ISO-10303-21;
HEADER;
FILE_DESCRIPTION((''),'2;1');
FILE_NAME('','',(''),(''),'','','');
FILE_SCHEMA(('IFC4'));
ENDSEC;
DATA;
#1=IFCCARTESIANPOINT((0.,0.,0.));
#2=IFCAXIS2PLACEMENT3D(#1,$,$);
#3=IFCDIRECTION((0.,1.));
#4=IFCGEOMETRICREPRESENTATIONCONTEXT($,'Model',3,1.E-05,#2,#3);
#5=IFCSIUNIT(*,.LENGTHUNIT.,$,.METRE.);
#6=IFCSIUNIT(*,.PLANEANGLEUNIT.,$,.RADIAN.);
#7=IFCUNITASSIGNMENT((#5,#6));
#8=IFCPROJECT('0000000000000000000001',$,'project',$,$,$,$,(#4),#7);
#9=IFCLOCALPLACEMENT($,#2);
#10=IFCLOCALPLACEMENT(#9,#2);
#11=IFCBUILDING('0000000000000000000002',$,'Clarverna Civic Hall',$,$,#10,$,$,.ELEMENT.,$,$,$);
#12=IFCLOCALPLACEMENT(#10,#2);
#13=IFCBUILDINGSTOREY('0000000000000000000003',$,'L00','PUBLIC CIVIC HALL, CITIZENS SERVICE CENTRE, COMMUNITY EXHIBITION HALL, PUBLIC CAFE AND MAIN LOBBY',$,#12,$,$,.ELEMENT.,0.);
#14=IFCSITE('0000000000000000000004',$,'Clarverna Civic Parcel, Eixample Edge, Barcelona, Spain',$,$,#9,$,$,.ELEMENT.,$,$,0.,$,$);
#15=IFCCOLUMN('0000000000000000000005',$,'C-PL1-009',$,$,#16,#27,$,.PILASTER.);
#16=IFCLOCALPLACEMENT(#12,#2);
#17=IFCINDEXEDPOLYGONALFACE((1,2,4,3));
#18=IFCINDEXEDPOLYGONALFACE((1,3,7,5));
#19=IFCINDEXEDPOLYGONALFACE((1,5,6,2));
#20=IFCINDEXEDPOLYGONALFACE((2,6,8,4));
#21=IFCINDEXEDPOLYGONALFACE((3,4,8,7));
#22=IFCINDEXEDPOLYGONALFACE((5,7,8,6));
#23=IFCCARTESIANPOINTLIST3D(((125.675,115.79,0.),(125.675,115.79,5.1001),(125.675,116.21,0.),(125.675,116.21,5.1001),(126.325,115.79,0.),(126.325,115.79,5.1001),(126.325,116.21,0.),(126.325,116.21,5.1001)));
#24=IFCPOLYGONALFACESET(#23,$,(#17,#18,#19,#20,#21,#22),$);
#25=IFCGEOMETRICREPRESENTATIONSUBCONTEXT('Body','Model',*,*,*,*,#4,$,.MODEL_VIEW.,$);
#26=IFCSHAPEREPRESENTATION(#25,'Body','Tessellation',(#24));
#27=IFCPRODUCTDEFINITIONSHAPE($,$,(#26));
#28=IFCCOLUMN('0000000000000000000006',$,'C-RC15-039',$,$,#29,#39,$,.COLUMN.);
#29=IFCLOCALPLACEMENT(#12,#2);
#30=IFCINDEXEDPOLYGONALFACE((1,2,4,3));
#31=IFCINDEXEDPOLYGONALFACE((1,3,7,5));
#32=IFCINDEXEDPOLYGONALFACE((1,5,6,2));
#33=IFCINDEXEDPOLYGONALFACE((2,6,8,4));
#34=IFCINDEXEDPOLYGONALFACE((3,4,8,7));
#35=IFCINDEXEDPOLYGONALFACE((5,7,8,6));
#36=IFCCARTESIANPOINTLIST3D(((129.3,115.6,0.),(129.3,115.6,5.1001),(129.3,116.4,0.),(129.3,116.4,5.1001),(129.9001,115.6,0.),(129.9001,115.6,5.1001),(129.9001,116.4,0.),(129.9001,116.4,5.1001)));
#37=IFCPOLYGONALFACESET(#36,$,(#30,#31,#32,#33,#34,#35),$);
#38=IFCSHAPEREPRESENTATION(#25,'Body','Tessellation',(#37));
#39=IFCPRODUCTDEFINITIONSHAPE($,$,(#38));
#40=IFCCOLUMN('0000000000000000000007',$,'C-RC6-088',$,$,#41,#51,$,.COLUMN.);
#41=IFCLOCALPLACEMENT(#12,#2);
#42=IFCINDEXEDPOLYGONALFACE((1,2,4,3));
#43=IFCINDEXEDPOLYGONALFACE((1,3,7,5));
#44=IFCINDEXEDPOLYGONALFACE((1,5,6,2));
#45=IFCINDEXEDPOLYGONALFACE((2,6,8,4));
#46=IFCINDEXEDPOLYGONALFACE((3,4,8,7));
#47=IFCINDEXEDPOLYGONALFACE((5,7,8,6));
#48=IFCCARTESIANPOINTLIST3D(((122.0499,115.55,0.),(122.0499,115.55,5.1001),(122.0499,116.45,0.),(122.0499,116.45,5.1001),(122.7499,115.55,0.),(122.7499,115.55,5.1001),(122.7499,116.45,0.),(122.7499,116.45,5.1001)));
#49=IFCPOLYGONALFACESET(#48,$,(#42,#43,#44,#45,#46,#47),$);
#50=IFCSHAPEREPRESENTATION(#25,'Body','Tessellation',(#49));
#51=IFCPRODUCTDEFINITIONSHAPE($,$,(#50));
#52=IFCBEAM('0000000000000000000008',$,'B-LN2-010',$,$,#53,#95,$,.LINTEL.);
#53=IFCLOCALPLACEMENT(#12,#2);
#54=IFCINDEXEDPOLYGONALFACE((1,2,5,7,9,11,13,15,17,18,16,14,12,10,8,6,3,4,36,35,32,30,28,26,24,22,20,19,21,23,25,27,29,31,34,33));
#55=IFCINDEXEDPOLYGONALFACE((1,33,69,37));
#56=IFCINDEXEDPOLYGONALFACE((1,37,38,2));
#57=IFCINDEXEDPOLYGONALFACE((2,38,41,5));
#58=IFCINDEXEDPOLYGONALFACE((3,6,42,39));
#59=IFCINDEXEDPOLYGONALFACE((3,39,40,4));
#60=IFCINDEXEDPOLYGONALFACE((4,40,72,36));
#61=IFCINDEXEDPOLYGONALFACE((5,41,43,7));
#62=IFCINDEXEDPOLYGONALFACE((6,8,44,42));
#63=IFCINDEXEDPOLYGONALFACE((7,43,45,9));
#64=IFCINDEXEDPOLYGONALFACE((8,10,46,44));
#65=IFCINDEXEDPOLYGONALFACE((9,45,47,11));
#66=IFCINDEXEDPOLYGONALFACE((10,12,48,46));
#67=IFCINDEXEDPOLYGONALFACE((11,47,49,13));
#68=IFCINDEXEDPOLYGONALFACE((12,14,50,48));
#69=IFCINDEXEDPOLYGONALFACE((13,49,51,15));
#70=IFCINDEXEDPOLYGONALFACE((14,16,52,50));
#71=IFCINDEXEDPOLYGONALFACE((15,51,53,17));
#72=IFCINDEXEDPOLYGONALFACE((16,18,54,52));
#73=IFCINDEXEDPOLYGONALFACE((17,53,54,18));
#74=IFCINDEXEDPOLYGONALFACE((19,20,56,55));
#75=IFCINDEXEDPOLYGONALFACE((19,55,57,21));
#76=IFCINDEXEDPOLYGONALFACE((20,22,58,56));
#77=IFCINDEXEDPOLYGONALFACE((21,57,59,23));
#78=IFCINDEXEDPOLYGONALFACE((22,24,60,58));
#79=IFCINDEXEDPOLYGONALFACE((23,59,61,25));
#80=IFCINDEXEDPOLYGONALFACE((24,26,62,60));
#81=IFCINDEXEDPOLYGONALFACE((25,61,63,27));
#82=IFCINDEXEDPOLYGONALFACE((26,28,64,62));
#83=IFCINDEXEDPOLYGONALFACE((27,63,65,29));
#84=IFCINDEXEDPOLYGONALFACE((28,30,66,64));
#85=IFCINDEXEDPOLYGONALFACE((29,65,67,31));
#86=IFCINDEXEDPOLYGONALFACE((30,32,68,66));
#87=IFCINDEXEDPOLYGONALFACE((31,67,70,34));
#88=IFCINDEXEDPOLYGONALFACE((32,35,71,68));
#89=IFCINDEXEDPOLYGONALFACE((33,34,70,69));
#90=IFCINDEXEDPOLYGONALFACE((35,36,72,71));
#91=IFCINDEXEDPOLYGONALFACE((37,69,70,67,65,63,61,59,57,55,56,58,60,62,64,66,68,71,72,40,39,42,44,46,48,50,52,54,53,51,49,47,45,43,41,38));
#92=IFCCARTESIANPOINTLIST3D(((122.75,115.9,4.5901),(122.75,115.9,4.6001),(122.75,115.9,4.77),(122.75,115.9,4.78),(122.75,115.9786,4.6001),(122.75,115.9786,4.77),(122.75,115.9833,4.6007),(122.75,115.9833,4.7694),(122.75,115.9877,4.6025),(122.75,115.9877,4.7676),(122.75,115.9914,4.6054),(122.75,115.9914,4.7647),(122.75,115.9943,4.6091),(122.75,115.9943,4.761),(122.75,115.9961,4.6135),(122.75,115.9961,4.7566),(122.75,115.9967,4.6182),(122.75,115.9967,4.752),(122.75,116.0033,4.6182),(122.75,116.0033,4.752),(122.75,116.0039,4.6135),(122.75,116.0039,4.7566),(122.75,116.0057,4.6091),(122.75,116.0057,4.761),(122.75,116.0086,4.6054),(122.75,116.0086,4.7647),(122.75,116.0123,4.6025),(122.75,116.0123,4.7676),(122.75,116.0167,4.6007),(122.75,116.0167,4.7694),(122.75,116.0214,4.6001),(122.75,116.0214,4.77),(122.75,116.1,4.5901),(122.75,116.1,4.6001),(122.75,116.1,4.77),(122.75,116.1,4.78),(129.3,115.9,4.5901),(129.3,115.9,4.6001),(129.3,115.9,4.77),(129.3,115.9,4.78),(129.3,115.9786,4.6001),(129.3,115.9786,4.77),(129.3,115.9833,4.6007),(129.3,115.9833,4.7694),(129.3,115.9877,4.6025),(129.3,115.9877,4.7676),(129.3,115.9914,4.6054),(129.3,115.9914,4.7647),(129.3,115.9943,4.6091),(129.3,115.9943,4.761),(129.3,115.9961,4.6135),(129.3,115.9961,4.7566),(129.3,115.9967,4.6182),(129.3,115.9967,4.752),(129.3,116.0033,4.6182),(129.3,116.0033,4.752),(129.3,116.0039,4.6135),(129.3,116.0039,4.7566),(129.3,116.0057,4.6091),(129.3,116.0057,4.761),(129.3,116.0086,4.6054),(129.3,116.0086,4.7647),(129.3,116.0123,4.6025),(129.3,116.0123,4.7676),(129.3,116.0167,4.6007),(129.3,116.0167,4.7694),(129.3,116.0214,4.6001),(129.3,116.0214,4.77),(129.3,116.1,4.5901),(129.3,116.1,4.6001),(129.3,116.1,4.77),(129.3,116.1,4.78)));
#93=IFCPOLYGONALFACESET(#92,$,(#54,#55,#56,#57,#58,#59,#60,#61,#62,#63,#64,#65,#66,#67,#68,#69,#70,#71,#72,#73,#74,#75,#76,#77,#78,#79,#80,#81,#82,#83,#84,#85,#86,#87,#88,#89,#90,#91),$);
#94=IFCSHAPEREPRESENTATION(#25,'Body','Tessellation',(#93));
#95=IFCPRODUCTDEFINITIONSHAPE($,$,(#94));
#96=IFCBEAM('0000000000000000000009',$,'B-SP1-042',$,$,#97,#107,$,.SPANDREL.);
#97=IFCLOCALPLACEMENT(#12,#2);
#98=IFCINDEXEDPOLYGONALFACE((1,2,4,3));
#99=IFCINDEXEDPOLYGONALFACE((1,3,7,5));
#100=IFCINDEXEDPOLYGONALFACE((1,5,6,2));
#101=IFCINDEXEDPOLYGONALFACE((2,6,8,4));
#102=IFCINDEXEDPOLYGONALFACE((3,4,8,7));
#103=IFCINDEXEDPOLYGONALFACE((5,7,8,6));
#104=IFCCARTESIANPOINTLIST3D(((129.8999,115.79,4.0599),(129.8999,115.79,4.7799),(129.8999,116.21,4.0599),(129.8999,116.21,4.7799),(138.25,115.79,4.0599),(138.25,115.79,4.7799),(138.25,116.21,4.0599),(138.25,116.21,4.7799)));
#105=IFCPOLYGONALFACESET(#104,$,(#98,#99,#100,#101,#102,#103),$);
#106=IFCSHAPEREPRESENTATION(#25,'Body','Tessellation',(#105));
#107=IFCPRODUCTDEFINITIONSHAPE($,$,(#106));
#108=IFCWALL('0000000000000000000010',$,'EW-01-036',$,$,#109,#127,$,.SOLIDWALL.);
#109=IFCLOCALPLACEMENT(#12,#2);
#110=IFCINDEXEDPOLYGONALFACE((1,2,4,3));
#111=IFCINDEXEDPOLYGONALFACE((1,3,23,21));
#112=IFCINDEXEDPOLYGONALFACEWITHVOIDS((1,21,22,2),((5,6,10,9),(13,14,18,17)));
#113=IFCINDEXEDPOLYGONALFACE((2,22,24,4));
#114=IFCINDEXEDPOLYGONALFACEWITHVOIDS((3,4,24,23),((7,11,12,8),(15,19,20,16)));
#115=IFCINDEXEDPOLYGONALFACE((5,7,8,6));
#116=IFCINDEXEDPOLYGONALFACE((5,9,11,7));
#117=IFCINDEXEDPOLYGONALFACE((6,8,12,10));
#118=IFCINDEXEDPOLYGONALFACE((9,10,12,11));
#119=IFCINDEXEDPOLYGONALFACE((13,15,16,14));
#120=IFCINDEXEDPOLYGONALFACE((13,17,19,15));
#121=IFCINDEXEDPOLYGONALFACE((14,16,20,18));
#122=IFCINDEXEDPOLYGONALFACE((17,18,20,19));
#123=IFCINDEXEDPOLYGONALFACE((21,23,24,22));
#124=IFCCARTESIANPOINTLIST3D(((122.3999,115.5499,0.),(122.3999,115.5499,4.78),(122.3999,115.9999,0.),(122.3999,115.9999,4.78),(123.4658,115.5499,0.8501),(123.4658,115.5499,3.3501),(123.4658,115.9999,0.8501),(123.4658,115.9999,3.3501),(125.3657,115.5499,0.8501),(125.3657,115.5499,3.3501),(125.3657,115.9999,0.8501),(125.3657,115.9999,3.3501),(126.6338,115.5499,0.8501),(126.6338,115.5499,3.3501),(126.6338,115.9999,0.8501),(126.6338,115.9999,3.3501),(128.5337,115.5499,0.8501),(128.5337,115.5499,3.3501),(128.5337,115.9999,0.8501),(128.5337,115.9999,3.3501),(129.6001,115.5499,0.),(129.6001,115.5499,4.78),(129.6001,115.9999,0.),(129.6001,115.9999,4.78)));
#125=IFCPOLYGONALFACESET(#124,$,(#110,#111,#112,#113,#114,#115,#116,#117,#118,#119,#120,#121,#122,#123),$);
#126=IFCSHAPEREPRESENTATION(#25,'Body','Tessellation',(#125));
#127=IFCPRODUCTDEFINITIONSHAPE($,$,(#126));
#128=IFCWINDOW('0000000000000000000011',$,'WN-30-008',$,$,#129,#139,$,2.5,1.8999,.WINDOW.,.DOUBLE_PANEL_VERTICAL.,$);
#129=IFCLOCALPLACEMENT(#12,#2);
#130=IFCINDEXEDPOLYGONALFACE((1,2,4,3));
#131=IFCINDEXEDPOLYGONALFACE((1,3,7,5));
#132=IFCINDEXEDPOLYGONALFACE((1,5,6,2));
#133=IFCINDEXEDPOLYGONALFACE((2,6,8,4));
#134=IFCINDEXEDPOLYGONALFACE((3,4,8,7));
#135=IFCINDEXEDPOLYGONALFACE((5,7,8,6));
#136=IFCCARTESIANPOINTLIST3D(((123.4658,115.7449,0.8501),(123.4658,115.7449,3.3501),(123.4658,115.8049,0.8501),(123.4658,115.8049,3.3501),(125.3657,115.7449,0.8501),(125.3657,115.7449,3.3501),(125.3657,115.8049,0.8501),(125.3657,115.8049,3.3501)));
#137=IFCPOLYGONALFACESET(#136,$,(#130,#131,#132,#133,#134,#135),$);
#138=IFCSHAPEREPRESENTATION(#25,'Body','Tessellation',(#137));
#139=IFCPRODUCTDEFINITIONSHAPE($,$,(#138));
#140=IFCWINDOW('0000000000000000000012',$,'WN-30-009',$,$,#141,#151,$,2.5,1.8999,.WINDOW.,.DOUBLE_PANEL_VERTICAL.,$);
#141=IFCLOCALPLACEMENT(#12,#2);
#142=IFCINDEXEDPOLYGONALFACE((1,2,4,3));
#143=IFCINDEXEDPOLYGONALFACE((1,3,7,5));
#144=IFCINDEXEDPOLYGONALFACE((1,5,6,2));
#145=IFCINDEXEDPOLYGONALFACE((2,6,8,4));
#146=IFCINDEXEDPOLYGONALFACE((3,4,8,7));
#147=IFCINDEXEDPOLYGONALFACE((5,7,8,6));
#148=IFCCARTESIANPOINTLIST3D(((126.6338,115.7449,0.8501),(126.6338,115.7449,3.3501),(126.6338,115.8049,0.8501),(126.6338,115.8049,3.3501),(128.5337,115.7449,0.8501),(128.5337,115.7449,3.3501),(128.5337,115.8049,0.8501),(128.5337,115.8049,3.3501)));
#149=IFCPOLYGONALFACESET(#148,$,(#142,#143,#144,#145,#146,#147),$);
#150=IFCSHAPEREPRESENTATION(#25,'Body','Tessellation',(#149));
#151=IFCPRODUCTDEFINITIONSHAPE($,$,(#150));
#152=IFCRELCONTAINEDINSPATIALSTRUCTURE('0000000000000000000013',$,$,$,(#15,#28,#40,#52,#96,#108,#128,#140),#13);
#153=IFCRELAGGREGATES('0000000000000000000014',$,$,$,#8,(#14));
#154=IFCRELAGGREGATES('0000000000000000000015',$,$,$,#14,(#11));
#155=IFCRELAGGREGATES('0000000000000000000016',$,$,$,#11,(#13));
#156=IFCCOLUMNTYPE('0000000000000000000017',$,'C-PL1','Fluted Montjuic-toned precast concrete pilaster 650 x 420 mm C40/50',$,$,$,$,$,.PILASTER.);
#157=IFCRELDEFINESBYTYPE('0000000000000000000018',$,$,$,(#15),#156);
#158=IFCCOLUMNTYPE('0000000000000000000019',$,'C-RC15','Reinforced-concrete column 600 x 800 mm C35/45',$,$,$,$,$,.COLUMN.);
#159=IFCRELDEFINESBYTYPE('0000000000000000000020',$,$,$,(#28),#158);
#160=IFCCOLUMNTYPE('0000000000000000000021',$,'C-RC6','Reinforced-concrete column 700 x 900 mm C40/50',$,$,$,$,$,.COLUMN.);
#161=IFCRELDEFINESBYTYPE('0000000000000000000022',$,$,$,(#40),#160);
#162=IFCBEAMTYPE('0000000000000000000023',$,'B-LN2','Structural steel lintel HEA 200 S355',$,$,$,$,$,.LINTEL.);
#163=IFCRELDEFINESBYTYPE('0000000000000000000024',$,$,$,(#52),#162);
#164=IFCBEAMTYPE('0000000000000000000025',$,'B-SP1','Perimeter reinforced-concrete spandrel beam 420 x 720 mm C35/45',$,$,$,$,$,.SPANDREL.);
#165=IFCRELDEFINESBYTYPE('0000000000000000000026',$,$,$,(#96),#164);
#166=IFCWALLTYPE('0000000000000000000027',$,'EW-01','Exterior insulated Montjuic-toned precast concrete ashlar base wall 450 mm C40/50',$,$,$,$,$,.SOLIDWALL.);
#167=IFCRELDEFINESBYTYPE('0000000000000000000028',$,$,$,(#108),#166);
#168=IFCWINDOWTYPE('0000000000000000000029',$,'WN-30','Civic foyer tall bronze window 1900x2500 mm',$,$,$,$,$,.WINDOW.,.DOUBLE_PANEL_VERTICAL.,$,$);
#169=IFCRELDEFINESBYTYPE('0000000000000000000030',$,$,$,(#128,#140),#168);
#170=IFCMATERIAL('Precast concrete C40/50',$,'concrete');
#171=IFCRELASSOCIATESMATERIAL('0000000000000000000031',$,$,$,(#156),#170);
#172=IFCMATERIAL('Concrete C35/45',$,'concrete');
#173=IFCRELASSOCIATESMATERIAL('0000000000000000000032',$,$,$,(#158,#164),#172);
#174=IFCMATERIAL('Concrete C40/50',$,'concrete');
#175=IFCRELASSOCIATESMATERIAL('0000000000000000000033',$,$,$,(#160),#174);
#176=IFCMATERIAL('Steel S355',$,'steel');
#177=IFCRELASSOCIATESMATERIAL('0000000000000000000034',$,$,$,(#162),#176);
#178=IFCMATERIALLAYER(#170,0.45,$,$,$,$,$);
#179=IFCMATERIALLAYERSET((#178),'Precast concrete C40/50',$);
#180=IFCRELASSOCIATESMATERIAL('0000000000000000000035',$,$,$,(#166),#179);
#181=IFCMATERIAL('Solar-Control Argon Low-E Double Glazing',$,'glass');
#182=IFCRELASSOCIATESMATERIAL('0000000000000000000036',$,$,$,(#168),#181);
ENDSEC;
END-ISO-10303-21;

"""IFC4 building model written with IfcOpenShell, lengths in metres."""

from ifc_helpers import new_model, si_unit, direction, frame, frame_2d, origin, origin_2d, place, context, subcontext, project, spatial, rectangle, i_section, extrude, material, layer, layer_set, material_profile, profile_set, type_object, element, fill, save


model = new_model("IFC4")

# Units and contexts
model_context = context("Model", 3, precision=1e-05, world=origin(), true_north=direction((0.0, 1.0)))
body_context = subcontext(model_context, "Body", "Model", "MODEL_VIEW")
ifc_project = project(units=[si_unit("LENGTHUNIT", "METRE"), si_unit("PLANEANGLEUNIT", "RADIAN")], contexts=[model_context])

# Site, building, storey
site_placement = place(None, origin())
site = spatial("IfcSite", under=ifc_project, at=site_placement, Name="Clarverna Civic Parcel, Eixample Edge, Barcelona, Spain", CompositionType="ELEMENT", RefElevation=0.0)
building_placement = place(site_placement, origin())
building = spatial("IfcBuilding", under=site, at=building_placement, Name="Clarverna Civic Hall", CompositionType="ELEMENT")
storey_placement = place(building_placement, origin())
storey = spatial("IfcBuildingStorey", under=building, at=storey_placement, Name="L00", Description="PUBLIC CIVIC HALL, CITIZENS SERVICE CENTRE, COMMUNITY EXHIBITION HALL, PUBLIC CAFE AND MAIN LOBBY", CompositionType="ELEMENT", Elevation=0.0)

# Columns
ifc_material_1 = material(Name="Precast concrete C40/50", Category="concrete")
ifc_material_profile_1 = material_profile(ifc_material_1, rectangle(XDim=0.6499, YDim=0.4199, at=origin_2d()), Name="PILASTER 650x420")
ifc_profile_set_1 = profile_set([ifc_material_profile_1], Name="Precast concrete C40/50")
column_type_1 = type_object("IfcColumnType", Name="C-PL1", Description="Fluted Montjuic-toned precast concrete pilaster 650 x 420 mm C40/50", PredefinedType="PILASTER", material=ifc_profile_set_1)
column_1_placement = place(storey_placement, frame((126.0, 116.0, 0.0), z_axis=(0.0, 0.0, 1.0), x_axis=(1.0, 0.0, 0.0)))
element("IfcColumn", 1, at=column_1_placement, inside=storey, type_object=column_type_1, Name="C-PL1-009", PredefinedType="PILASTER", context=body_context, shape_type="SweptSolid", body=[
    extrude(rectangle(XDim=0.6499, YDim=0.4199, at=origin_2d()), origin(), (0.0, 0.0, 1.0), 5.1001),
])
ifc_material_2 = material(Name="Concrete C35/45", Category="concrete")
ifc_material_profile_2 = material_profile(ifc_material_2, rectangle(XDim=0.6001, YDim=0.8, at=origin_2d()), Name="RC 600x800")
ifc_profile_set_2 = profile_set([ifc_material_profile_2], Name="Concrete C35/45")
column_type_2 = type_object("IfcColumnType", Name="C-RC15", Description="Reinforced-concrete column 600 x 800 mm C35/45", PredefinedType="COLUMN", material=ifc_profile_set_2)
column_2_placement = place(storey_placement, frame((129.6001, 116.0, 0.0), z_axis=(0.0, 0.0, 1.0), x_axis=(1.0, 0.0, 0.0)))
element("IfcColumn", 2, at=column_2_placement, inside=storey, type_object=column_type_2, Name="C-RC15-039", PredefinedType="COLUMN", context=body_context, shape_type="SweptSolid", body=[
    extrude(rectangle(XDim=0.6001, YDim=0.8, at=origin_2d()), origin(), (0.0, 0.0, 1.0), 5.1001),
])
ifc_material_3 = material(Name="Concrete C40/50", Category="concrete")
ifc_material_profile_3 = material_profile(ifc_material_3, rectangle(XDim=0.7, YDim=0.8999, at=origin_2d()), Name="RC 700x900")
ifc_profile_set_3 = profile_set([ifc_material_profile_3], Name="Concrete C40/50")
column_type_3 = type_object("IfcColumnType", Name="C-RC6", Description="Reinforced-concrete column 700 x 900 mm C40/50", PredefinedType="COLUMN", material=ifc_profile_set_3)
column_3_placement = place(storey_placement, frame((122.3999, 116.0, 0.0), z_axis=(0.0, 0.0, 1.0), x_axis=(1.0, 0.0, 0.0)))
element("IfcColumn", 3, at=column_3_placement, inside=storey, type_object=column_type_3, Name="C-RC6-088", PredefinedType="COLUMN", context=body_context, shape_type="SweptSolid", body=[
    extrude(rectangle(XDim=0.7, YDim=0.8999, at=origin_2d()), origin(), (0.0, 0.0, 1.0), 5.1001),
])

# Beams
ifc_material_4 = material(Name="Steel S355", Category="steel")
ifc_material_profile_4 = material_profile(ifc_material_4, i_section(OverallWidth=0.2, OverallDepth=0.1899, WebThickness=0.0066, FlangeThickness=0.01, FilletRadius=0.0181, at=origin_2d()), Name="HEA 200")
ifc_profile_set_4 = profile_set([ifc_material_profile_4], Name="Steel S355")
beam_type_1 = type_object("IfcBeamType", Name="B-LN2", Description="Structural steel lintel HEA 200 S355", PredefinedType="LINTEL", material=ifc_profile_set_4)
beam_1_placement = place(storey_placement, frame((122.75, 116.0, 4.6851), z_axis=(1.0, 0.0, 0.0), x_axis=(0.0, 1.0, 0.0)))
element("IfcBeam", 4, at=beam_1_placement, inside=storey, type_object=beam_type_1, Name="B-LN2-010", PredefinedType="LINTEL", context=body_context, shape_type="SweptSolid", body=[
    extrude(i_section(OverallWidth=0.2, OverallDepth=0.1899, WebThickness=0.0066, FlangeThickness=0.01, FilletRadius=0.0181, at=origin_2d()), origin(), (0.0, 0.0, 1.0), 6.55),
])
ifc_material_profile_5 = material_profile(ifc_material_2, rectangle(XDim=0.4199, YDim=0.72, at=origin_2d()), Name="RC 420x720")
ifc_profile_set_5 = profile_set([ifc_material_profile_5], Name="Concrete C35/45")
beam_type_2 = type_object("IfcBeamType", Name="B-SP1", Description="Perimeter reinforced-concrete spandrel beam 420 x 720 mm C35/45", PredefinedType="SPANDREL", material=ifc_profile_set_5)
beam_2_placement = place(storey_placement, frame((129.8999, 116.0, 4.4199), z_axis=(1.0, 0.0, 0.0), x_axis=(0.0, 1.0, 0.0)))
element("IfcBeam", 5, at=beam_2_placement, inside=storey, type_object=beam_type_2, Name="B-SP1-042", PredefinedType="SPANDREL", context=body_context, shape_type="SweptSolid", body=[
    extrude(rectangle(XDim=0.4199, YDim=0.72, at=origin_2d()), origin(), (0.0, 0.0, 1.0), 8.3501),
])

# Wall, openings, windows
ifc_layer_1 = layer(ifc_material_1, 0.45)
ifc_layer_set_1 = layer_set([ifc_layer_1], Name="Precast concrete C40/50")
wall_type = type_object("IfcWallType", Name="EW-01", Description="Exterior insulated Montjuic-toned precast concrete ashlar base wall 450 mm C40/50", PredefinedType="SOLIDWALL", material=ifc_layer_set_1)
wall_1_placement = place(storey_placement, frame((122.3999, 115.7749, 0.0), z_axis=(0.0, 0.0, 1.0), x_axis=(1.0, 0.0, 0.0)))
wall_1 = element("IfcWall", 6, at=wall_1_placement, inside=storey, type_object=wall_type, Name="EW-01-036", PredefinedType="SOLIDWALL", context=body_context, shape_type="SweptSolid", body=[
    extrude(rectangle(XDim=7.2002, YDim=0.45, at=frame_2d((3.6001, 0.0))), origin(), (0.0, 0.0, 1.0), 4.78),
])
opening_1_placement = place(wall_1_placement, frame((1.0659, 0.0, 0.8501)))
opening_1 = element("IfcOpeningElement", 7, at=opening_1_placement, cuts=wall_1, PredefinedType="OPENING", context=body_context, shape_type="SweptSolid", body=[
    extrude(rectangle(XDim=1.8999, YDim=2.5, at=frame_2d((0.95, 1.25))), frame((0.0, 0.2349, 0.0), z_axis=(0.0, -1.0, 0.0), x_axis=(1.0, 0.0, 0.0)), (0.0, 0.0, 1.0), 0.47),
])
opening_2_placement = place(wall_1_placement, frame((4.2339, 0.0, 0.8501)))
opening_2 = element("IfcOpeningElement", 8, at=opening_2_placement, cuts=wall_1, PredefinedType="OPENING", context=body_context, shape_type="SweptSolid", body=[
    extrude(rectangle(XDim=1.8999, YDim=2.5, at=frame_2d((0.95, 1.25))), frame((0.0, 0.2349, 0.0), z_axis=(0.0, -1.0, 0.0), x_axis=(1.0, 0.0, 0.0)), (0.0, 0.0, 1.0), 0.47),
])
ifc_material_5 = material(Name="Solar-Control Argon Low-E Double Glazing", Category="glass")
window_type_1 = type_object("IfcWindowType", Name="WN-30", Description="Civic foyer tall bronze window 1900x2500 mm", PartitioningType="DOUBLE_PANEL_VERTICAL", PredefinedType="WINDOW", material=ifc_material_5)
window_1_placement = place(opening_1_placement, origin())
window_1 = element("IfcWindow", 9, at=window_1_placement, inside=storey, type_object=window_type_1, Name="WN-30-008", OverallHeight=2.5, OverallWidth=1.8999, PartitioningType="DOUBLE_PANEL_VERTICAL", PredefinedType="WINDOW", context=body_context, shape_type="SweptSolid", body=[
    extrude(rectangle(XDim=1.8999, YDim=2.5, at=frame_2d((0.95, 1.25))), frame((0.0, 0.03, 0.0), z_axis=(0.0, -1.0, 0.0), x_axis=(1.0, 0.0, 0.0)), (0.0, 0.0, 1.0), 0.0601),
])
fill(opening_1, window_1)
window_2_placement = place(opening_2_placement, origin())
window_2 = element("IfcWindow", 10, at=window_2_placement, inside=storey, type_object=window_type_1, Name="WN-30-009", OverallHeight=2.5, OverallWidth=1.8999, PartitioningType="DOUBLE_PANEL_VERTICAL", PredefinedType="WINDOW", context=body_context, shape_type="SweptSolid", body=[
    extrude(rectangle(XDim=1.8999, YDim=2.5, at=frame_2d((0.95, 1.25))), frame((0.0, 0.03, 0.0), z_axis=(0.0, -1.0, 0.0), x_axis=(1.0, 0.0, 0.0)), (0.0, 0.0, 1.0), 0.0601),
])
fill(opening_2, window_2)

save(model, "model.ifc")
